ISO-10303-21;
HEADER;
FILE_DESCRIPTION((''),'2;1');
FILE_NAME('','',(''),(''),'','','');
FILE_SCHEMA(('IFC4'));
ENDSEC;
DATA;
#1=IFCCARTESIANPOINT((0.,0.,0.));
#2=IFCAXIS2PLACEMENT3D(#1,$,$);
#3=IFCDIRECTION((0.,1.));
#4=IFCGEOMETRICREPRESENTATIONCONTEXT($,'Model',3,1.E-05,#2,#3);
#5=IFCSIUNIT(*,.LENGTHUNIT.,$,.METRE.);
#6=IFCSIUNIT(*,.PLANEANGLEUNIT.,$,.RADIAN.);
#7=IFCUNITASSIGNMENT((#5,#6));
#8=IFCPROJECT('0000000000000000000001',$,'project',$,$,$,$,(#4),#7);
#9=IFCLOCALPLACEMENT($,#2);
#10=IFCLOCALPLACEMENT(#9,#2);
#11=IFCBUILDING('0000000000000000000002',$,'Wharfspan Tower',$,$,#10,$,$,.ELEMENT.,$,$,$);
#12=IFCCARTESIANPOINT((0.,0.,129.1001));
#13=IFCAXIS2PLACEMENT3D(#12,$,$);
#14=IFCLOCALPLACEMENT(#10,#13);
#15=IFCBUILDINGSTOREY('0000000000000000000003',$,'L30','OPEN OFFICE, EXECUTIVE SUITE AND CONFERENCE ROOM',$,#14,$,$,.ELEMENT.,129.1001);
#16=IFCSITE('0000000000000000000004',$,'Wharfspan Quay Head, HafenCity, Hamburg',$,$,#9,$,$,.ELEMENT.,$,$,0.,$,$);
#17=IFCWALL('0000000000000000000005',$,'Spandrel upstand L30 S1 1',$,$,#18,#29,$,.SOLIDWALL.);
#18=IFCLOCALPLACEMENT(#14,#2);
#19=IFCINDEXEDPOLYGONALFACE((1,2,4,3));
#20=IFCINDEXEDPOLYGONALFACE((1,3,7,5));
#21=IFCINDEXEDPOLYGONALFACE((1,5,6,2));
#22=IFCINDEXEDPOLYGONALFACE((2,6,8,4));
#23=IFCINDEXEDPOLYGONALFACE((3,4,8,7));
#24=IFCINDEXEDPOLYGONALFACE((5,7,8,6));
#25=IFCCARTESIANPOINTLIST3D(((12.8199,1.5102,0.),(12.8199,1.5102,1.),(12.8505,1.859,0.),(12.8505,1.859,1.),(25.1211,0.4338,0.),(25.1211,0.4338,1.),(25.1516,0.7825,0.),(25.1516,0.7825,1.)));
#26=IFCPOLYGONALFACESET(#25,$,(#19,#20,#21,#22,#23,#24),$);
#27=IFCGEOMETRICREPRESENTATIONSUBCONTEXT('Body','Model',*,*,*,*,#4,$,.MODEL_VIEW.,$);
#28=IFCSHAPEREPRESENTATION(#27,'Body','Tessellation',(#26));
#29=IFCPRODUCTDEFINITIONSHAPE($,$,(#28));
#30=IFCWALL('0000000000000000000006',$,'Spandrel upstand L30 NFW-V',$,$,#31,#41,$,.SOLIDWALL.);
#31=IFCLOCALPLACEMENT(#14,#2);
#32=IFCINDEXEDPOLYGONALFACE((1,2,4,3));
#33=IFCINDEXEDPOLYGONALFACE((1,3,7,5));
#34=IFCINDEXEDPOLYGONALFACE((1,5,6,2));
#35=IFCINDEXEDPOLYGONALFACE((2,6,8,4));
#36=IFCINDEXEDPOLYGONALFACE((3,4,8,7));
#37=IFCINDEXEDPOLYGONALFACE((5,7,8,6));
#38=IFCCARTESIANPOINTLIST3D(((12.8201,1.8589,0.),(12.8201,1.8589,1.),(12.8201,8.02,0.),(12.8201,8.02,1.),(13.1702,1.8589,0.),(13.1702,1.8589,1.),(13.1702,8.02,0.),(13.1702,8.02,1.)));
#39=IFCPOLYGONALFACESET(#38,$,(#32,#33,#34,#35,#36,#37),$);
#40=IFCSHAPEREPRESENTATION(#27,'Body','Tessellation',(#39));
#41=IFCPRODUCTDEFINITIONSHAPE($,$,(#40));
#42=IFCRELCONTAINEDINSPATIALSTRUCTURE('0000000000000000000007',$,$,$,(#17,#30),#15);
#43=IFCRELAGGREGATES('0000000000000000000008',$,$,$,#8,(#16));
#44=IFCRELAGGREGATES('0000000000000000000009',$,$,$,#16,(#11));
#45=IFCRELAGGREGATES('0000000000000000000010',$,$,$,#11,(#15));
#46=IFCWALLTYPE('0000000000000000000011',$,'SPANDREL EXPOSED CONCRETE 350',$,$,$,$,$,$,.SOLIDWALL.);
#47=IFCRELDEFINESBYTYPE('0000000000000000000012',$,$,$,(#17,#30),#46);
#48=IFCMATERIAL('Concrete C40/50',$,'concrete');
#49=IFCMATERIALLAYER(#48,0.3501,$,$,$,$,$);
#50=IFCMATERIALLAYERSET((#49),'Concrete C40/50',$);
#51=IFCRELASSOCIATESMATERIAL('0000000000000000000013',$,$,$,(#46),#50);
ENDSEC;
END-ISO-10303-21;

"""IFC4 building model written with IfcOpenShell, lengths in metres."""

from ifc_helpers import new_model, si_unit, direction, frame, frame_2d, origin, place, context, subcontext, project, spatial, rectangle, extrude, material, layer, layer_set, type_object, element, save


model = new_model("IFC4")

# Units and contexts
model_context = context("Model", 3, precision=1e-05, world=origin(), true_north=direction((0.0, 1.0)))
body_context = subcontext(model_context, "Body", "Model", "MODEL_VIEW")
ifc_project = project(units=[si_unit("LENGTHUNIT", "METRE"), si_unit("PLANEANGLEUNIT", "RADIAN")], contexts=[model_context])

# Site, building, storey
site_placement = place(None, origin())
site = spatial("IfcSite", under=ifc_project, at=site_placement, Name="Wharfspan Quay Head, HafenCity, Hamburg", CompositionType="ELEMENT", RefElevation=0.0)
building_placement = place(site_placement, origin())
building = spatial("IfcBuilding", under=site, at=building_placement, Name="Wharfspan Tower", CompositionType="ELEMENT")
storey_placement = place(building_placement, frame((0.0, 0.0, 129.1001)))
storey = spatial("IfcBuildingStorey", under=building, at=storey_placement, Name="L30", Description="OPEN OFFICE, EXECUTIVE SUITE AND CONFERENCE ROOM", CompositionType="ELEMENT", Elevation=129.1001)

# Walls
ifc_material_1 = material(Name="Concrete C40/50", Category="concrete")
ifc_layer_1 = layer(ifc_material_1, 0.3501)
ifc_layer_set_1 = layer_set([ifc_layer_1], Name="Concrete C40/50")
wall_type_1 = type_object("IfcWallType", Name="SPANDREL EXPOSED CONCRETE 350", PredefinedType="SOLIDWALL", material=ifc_layer_set_1)
wall_1_placement = place(storey_placement, frame((12.8352, 1.6846, 0.0), z_axis=(0.0, 0.0, 1.0), x_axis=(0.996192, -0.087173, 0.0)))
element("IfcWall", 1, at=wall_1_placement, inside=storey, type_object=wall_type_1, Name="Spandrel upstand L30 S1 1", PredefinedType="SOLIDWALL", context=body_context, shape_type="SweptSolid", body=[
    extrude(rectangle(XDim=12.3481, YDim=0.3501, at=frame_2d((6.1741, 0.0))), origin(), (0.0, 0.0, 1.0), 1.0),
])
wall_2_placement = place(storey_placement, frame((12.9951, 8.02, 0.0), z_axis=(0.0, 0.0, 1.0), x_axis=(0.0, -1.0, 0.0)))
element("IfcWall", 2, at=wall_2_placement, inside=storey, type_object=wall_type_1, Name="Spandrel upstand L30 NFW-V", PredefinedType="SOLIDWALL", context=body_context, shape_type="SweptSolid", body=[
    extrude(rectangle(XDim=6.1611, YDim=0.3501, at=frame_2d((3.0806, 0.0))), origin(), (0.0, 0.0, 1.0), 1.0),
])

save(model, "model.ifc")
